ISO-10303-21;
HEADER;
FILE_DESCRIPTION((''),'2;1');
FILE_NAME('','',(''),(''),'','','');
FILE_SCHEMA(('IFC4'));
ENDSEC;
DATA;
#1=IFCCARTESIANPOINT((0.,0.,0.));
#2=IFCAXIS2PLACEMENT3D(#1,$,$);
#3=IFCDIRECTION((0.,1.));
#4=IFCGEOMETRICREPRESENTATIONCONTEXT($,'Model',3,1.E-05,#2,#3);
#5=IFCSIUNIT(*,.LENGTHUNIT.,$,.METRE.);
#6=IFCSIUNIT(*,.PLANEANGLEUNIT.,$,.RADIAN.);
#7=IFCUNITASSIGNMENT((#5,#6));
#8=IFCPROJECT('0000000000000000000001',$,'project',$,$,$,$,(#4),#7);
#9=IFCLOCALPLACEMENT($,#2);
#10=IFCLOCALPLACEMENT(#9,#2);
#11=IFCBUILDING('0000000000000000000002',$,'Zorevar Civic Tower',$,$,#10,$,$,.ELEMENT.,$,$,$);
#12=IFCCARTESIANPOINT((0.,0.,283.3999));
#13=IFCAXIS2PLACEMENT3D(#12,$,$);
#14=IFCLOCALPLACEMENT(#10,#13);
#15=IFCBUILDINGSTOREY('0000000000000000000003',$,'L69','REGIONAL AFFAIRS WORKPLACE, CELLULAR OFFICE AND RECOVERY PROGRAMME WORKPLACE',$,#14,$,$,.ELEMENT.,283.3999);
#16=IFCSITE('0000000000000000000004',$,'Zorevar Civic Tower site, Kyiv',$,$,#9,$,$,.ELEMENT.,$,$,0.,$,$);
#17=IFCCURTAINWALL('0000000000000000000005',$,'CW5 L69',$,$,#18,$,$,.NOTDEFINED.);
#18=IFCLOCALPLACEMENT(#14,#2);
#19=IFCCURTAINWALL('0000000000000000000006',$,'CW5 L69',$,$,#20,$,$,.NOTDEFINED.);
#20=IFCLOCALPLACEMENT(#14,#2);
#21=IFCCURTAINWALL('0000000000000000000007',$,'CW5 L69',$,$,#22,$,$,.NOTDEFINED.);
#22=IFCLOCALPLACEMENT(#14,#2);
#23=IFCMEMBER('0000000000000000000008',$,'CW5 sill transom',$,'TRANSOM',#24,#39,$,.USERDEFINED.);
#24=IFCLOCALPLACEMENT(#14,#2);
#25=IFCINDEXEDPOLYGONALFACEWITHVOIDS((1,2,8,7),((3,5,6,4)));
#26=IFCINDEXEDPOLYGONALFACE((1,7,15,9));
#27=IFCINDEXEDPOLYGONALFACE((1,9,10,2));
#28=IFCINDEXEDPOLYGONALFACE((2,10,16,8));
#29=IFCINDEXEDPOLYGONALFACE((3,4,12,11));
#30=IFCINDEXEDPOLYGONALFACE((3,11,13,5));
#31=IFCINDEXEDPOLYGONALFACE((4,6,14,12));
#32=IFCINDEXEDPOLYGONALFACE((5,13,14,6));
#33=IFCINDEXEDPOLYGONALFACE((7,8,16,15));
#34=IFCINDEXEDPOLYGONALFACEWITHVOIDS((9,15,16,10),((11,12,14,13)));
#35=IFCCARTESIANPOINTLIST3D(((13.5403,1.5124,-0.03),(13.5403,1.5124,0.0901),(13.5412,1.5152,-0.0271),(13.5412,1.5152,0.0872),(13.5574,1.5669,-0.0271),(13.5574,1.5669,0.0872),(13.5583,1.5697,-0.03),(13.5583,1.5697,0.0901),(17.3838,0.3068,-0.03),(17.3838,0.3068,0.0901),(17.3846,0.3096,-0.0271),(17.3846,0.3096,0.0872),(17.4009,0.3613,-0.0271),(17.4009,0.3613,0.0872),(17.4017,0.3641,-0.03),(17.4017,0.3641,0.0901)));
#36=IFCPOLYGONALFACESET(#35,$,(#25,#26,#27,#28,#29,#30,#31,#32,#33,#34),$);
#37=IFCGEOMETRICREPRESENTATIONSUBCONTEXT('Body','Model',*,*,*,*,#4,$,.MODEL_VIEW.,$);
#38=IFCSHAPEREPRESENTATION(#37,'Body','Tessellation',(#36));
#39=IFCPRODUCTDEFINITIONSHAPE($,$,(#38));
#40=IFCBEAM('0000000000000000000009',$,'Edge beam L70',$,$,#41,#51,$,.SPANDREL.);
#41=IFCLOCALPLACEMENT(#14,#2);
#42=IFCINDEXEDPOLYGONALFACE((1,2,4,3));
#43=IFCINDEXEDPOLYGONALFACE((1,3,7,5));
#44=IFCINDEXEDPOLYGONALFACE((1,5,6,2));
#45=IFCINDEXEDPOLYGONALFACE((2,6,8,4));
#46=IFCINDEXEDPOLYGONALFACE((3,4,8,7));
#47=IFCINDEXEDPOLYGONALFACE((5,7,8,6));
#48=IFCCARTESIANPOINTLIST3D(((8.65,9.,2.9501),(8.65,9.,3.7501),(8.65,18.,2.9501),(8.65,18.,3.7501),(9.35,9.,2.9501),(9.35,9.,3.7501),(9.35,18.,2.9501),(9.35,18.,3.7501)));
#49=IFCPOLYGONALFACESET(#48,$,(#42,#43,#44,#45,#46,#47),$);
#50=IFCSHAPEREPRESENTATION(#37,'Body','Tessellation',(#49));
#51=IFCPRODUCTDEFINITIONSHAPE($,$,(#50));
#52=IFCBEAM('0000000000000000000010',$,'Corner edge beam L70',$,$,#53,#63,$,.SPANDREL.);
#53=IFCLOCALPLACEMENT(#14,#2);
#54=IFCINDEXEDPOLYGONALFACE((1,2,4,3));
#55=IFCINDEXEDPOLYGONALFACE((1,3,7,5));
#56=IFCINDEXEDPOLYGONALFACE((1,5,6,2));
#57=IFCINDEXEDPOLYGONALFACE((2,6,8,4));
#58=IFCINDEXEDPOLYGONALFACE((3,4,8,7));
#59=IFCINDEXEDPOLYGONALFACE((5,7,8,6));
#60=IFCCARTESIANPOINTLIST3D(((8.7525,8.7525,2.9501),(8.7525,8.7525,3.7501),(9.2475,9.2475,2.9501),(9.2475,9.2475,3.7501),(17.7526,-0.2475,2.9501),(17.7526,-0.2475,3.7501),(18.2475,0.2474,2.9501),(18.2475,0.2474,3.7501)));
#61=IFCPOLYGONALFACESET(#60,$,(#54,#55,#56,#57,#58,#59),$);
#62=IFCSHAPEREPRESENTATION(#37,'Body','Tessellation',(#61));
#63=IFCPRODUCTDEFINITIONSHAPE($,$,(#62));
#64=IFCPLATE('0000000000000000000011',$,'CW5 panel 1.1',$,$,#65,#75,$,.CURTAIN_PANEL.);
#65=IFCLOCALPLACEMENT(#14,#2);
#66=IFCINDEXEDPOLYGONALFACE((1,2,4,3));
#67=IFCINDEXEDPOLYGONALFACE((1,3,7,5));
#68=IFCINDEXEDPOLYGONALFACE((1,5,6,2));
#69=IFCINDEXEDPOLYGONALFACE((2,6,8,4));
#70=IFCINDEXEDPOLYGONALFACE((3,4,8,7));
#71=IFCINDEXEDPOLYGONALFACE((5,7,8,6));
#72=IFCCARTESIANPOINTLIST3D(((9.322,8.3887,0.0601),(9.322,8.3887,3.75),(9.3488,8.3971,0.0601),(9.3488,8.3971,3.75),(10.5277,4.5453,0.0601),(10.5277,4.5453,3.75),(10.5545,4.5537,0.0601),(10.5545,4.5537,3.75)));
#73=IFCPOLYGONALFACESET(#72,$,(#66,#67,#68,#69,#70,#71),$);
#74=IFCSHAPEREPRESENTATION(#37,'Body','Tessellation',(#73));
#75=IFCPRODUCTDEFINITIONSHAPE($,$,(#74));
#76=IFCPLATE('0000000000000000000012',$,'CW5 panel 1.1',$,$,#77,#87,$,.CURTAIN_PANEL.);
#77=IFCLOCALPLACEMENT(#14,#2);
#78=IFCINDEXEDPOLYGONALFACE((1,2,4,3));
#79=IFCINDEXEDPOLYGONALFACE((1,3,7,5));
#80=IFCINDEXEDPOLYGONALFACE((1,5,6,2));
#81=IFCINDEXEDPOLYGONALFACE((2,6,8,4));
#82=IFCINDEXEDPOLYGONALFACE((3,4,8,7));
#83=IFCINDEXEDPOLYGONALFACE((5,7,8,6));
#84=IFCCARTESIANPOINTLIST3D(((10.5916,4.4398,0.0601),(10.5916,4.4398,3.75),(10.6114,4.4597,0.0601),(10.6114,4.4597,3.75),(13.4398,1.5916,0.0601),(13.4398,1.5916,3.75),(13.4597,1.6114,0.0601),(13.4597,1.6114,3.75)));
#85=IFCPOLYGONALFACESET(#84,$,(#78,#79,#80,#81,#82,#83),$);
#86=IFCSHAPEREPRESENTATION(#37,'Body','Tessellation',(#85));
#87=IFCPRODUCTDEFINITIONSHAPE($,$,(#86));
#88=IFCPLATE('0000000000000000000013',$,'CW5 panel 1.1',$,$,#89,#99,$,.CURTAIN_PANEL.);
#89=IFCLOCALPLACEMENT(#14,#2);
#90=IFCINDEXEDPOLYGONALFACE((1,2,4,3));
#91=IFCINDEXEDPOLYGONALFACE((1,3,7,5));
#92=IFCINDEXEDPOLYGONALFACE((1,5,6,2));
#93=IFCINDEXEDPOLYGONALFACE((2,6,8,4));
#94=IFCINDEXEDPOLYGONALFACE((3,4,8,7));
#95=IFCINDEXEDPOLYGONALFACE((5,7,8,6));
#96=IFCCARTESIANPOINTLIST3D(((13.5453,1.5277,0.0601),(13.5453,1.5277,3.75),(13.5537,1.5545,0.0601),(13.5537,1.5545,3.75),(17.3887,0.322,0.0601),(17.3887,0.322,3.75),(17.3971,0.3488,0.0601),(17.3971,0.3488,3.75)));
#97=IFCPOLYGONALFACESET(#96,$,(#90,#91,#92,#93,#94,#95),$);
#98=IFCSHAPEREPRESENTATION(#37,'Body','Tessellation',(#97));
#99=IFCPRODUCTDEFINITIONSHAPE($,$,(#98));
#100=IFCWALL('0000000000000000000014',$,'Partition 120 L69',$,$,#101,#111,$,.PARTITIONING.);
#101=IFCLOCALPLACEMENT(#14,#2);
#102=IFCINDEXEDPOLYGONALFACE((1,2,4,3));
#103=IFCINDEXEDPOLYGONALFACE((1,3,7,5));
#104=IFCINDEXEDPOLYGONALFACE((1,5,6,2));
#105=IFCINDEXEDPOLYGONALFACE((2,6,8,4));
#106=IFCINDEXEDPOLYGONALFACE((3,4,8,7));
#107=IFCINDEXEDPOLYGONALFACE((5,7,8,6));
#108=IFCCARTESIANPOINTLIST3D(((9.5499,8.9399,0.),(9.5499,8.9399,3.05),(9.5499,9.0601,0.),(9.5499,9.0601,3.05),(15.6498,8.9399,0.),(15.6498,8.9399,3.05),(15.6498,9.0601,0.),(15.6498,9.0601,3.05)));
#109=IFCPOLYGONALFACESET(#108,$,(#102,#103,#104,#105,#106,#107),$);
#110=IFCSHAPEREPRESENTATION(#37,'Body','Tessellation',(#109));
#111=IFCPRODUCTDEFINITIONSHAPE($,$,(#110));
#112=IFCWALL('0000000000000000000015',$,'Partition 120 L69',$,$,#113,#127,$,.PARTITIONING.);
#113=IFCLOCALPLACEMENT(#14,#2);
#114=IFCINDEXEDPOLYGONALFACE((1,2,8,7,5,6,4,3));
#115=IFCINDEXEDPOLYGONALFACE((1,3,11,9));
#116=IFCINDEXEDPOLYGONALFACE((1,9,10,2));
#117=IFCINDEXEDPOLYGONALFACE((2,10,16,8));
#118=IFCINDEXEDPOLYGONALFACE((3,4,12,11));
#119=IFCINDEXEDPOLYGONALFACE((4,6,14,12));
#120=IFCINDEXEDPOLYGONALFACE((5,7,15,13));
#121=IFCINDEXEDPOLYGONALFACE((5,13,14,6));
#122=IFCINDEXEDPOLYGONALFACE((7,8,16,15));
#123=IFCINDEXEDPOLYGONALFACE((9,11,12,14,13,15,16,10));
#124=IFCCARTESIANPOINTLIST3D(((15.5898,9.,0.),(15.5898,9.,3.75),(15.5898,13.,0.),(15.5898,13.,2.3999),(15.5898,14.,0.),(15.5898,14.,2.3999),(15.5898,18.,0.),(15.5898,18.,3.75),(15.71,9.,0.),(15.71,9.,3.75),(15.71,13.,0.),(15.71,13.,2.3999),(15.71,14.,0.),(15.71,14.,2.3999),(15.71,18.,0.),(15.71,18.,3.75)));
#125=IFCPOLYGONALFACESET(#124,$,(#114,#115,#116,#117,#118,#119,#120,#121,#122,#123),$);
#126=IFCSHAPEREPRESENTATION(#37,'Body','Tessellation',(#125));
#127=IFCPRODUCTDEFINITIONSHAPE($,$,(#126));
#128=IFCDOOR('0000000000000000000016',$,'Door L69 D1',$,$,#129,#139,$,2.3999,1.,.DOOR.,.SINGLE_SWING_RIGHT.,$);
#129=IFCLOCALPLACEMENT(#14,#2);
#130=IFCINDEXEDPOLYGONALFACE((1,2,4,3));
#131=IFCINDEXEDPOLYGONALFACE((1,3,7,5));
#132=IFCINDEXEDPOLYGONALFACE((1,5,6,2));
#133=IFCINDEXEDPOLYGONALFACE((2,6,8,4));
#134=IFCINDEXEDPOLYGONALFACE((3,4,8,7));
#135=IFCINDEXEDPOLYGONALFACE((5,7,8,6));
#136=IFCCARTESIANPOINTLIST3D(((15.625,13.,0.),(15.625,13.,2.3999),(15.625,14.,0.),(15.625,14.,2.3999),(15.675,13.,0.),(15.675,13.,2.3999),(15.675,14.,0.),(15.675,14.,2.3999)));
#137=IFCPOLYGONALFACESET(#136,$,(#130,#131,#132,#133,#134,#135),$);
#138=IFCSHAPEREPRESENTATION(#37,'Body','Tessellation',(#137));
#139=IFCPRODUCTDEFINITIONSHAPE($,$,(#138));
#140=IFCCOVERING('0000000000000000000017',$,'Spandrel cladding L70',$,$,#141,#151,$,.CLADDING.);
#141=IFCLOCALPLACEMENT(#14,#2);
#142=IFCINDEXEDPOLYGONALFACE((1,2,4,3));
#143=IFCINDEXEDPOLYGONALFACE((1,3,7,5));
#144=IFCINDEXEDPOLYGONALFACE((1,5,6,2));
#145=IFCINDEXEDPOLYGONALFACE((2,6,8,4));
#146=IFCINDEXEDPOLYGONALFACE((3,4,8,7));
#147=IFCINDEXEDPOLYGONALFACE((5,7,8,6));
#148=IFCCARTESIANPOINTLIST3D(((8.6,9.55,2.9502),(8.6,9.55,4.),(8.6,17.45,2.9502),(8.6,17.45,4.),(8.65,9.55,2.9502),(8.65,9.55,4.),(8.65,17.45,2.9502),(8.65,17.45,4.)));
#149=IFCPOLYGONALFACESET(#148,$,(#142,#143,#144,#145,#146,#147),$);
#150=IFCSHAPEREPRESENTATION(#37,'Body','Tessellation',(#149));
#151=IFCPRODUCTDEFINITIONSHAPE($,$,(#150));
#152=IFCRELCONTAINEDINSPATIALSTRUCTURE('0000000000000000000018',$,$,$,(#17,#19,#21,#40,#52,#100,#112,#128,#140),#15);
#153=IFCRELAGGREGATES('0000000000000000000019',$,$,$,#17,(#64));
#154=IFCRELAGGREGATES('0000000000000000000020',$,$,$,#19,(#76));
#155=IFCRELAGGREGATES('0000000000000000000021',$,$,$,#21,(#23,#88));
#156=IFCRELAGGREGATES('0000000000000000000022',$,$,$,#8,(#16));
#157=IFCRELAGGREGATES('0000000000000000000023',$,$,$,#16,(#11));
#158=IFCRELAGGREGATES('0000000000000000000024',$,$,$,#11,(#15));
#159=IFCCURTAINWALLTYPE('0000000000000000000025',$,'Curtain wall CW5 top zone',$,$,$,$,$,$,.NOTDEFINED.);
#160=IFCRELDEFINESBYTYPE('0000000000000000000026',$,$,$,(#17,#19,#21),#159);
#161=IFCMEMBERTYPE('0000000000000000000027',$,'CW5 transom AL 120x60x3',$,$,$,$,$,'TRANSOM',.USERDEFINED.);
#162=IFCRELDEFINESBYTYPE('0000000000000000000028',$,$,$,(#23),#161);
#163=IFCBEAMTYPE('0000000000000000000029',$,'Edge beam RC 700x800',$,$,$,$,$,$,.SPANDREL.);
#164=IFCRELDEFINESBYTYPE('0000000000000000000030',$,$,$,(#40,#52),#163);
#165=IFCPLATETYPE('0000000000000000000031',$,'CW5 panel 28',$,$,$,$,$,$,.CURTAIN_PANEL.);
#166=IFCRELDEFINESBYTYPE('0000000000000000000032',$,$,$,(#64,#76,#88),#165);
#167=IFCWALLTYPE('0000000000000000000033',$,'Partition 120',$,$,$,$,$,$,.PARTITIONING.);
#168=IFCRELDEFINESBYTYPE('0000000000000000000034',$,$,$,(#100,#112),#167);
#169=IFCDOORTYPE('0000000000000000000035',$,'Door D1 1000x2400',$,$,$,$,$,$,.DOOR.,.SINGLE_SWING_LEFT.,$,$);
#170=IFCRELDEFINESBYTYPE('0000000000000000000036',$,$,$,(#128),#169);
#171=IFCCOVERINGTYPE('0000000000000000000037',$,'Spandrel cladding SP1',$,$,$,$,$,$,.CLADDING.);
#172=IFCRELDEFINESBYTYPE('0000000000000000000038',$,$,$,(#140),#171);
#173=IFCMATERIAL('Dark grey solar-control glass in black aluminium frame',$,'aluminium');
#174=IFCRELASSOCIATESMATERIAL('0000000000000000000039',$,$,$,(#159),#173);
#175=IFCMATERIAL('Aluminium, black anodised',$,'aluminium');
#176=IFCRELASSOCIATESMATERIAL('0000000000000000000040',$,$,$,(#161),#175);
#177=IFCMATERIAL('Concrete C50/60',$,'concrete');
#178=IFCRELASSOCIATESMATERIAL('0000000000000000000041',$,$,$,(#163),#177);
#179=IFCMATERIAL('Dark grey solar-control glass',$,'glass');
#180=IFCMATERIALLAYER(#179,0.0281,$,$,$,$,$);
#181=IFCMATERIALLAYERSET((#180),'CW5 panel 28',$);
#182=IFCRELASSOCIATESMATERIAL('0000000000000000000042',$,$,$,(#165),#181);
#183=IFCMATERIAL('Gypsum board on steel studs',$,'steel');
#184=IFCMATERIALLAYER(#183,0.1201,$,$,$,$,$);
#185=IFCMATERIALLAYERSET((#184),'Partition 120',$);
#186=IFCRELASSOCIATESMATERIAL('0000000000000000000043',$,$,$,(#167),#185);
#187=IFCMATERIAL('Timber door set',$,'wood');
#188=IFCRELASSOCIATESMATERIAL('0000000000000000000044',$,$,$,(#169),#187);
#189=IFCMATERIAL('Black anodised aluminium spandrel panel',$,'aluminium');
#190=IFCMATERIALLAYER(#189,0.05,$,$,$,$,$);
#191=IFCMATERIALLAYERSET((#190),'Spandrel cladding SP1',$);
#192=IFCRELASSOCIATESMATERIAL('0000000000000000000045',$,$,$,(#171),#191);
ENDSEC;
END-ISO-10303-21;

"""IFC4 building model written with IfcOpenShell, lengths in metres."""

from ifc_helpers import new_model, si_unit, direction, frame, frame_2d, origin, origin_2d, place, context, subcontext, project, spatial, rectangle, hollow_rectangle, extrude, material, layer, layer_set, material_profile, profile_set, type_object, element, fill, aggregate, save


model = new_model("IFC4")

# Units and contexts
model_context = context("Model", 3, precision=1e-05, world=origin(), true_north=direction((0.0, 1.0)))
body_context = subcontext(model_context, "Body", "Model", "MODEL_VIEW")
ifc_project = project(units=[si_unit("LENGTHUNIT", "METRE"), si_unit("PLANEANGLEUNIT", "RADIAN")], contexts=[model_context])

# Site, building, storey
site_placement = place(None, origin())
site = spatial("IfcSite", under=ifc_project, at=site_placement, Name="Zorevar Civic Tower site, Kyiv", CompositionType="ELEMENT", RefElevation=0.0)
building_placement = place(site_placement, origin())
building = spatial("IfcBuilding", under=site, at=building_placement, Name="Zorevar Civic Tower", CompositionType="ELEMENT")
storey_placement = place(building_placement, frame((0.0, 0.0, 283.3999)))
storey = spatial("IfcBuildingStorey", under=building, at=storey_placement, Name="L69", Description="REGIONAL AFFAIRS WORKPLACE, CELLULAR OFFICE AND RECOVERY PROGRAMME WORKPLACE", CompositionType="ELEMENT", Elevation=283.3999)

# Shared definitions
ifc_material_1 = material(Name="Dark grey solar-control glass in black aluminium frame", Category="aluminium")
curtain_wall_type = type_object("IfcCurtainWallType", Name="Curtain wall CW5 top zone", PredefinedType="NOTDEFINED", material=ifc_material_1)

# Curtain walls
curtain_wall_1_placement = place(storey_placement, origin())
curtain_wall_1 = element("IfcCurtainWall", 1, at=curtain_wall_1_placement, inside=storey, type_object=curtain_wall_type, Name="CW5 L69", PredefinedType="NOTDEFINED")
curtain_wall_2_placement = place(storey_placement, origin())
curtain_wall_2 = element("IfcCurtainWall", 2, at=curtain_wall_2_placement, inside=storey, type_object=curtain_wall_type, Name="CW5 L69", PredefinedType="NOTDEFINED")
curtain_wall_3_placement = place(storey_placement, origin())
curtain_wall_3 = element("IfcCurtainWall", 3, at=curtain_wall_3_placement, inside=storey, type_object=curtain_wall_type, Name="CW5 L69", PredefinedType="NOTDEFINED")

# Member
ifc_material_2 = material(Name="Aluminium, black anodised", Category="aluminium")
ifc_material_profile_1 = material_profile(ifc_material_2, hollow_rectangle(XDim=0.0601, YDim=0.1201, WallThickness=0.0029, at=origin_2d()), Name="AL 120x60x3")
ifc_profile_set_1 = profile_set([ifc_material_profile_1], Name="Aluminium, black anodised")
member_type_1 = type_object("IfcMemberType", Name="CW5 transom AL 120x60x3", ElementType="TRANSOM", PredefinedType="USERDEFINED", material=ifc_profile_set_1)
member_1_placement = place(storey_placement, frame((13.5493, 1.541, 0.03), z_axis=(0.954163, -0.299286, 0.0), x_axis=(0.299286, 0.954163, 0.0)))
member_1 = element("IfcMember", 4, at=member_1_placement, type_object=member_type_1, Name="CW5 sill transom", ObjectType="TRANSOM", PredefinedType="USERDEFINED", context=body_context, shape_type="SweptSolid", body=[
    extrude(hollow_rectangle(XDim=0.0601, YDim=0.1201, WallThickness=0.0029, at=origin_2d()), origin(), (0.0, 0.0, 1.0), 4.0281),
])

# Beams
ifc_material_3 = material(Name="Concrete C50/60", Category="concrete")
ifc_material_profile_2 = material_profile(ifc_material_3, rectangle(XDim=0.7, YDim=0.8, at=origin_2d()), Name="RC 700x800")
ifc_profile_set_2 = profile_set([ifc_material_profile_2], Name="Concrete C50/60")
beam_type_1 = type_object("IfcBeamType", Name="Edge beam RC 700x800", PredefinedType="SPANDREL", material=ifc_profile_set_2)
beam_1_placement = place(storey_placement, frame((9.0, 9.0, 3.3501), z_axis=(0.0, 1.0, 0.0), x_axis=(-1.0, 0.0, 0.0)))
element("IfcBeam", 5, at=beam_1_placement, inside=storey, type_object=beam_type_1, Name="Edge beam L70", PredefinedType="SPANDREL", context=body_context, shape_type="SweptSolid", body=[
    extrude(rectangle(XDim=0.7, YDim=0.8, at=origin_2d()), origin(), (0.0, 0.0, 1.0), 9.0),
])
beam_2_placement = place(storey_placement, frame((9.0, 9.0, 3.3501), z_axis=(0.707107, -0.707107, 0.0), x_axis=(0.707107, 0.707107, 0.0)))
element("IfcBeam", 6, at=beam_2_placement, inside=storey, type_object=beam_type_1, Name="Corner edge beam L70", PredefinedType="SPANDREL", context=body_context, shape_type="SweptSolid", body=[
    extrude(rectangle(XDim=0.7, YDim=0.8, at=origin_2d()), origin(), (0.0, 0.0, 1.0), 12.728),
])

# Plates
ifc_material_4 = material(Name="Dark grey solar-control glass", Category="glass")
ifc_layer_1 = layer(ifc_material_4, 0.0281)
ifc_layer_set_1 = layer_set([ifc_layer_1], Name="CW5 panel 28")
plate_type = type_object("IfcPlateType", Name="CW5 panel 28", PredefinedType="CURTAIN_PANEL", material=ifc_layer_set_1)
plate_1_placement = place(storey_placement, frame((9.9382, 6.4712, 0.0601), z_axis=(0.0, 0.0, 1.0), x_axis=(0.299318, -0.954153, 0.0)))
plate_1 = element("IfcPlate", 7, at=plate_1_placement, type_object=plate_type, Name="CW5 panel 1.1", PredefinedType="CURTAIN_PANEL", context=body_context, shape_type="SweptSolid", body=[
    extrude(rectangle(XDim=4.0281, YDim=0.0281, at=origin_2d()), origin(), (0.0, 0.0, 1.0), 3.6899),
])
aggregate(curtain_wall_1, [plate_1])
plate_2_placement = place(storey_placement, frame((12.0256, 3.0256, 0.0601), z_axis=(0.0, 0.0, 1.0), x_axis=(0.707107, -0.707107, 0.0)))
plate_2 = element("IfcPlate", 8, at=plate_2_placement, type_object=plate_type, Name="CW5 panel 1.1", PredefinedType="CURTAIN_PANEL", context=body_context, shape_type="SweptSolid", body=[
    extrude(rectangle(XDim=4.0281, YDim=0.0281, at=origin_2d()), origin(), (0.0, 0.0, 1.0), 3.6899),
])
aggregate(curtain_wall_2, [plate_2])
plate_3_placement = place(storey_placement, frame((15.4712, 0.9382, 0.0601), z_axis=(0.0, 0.0, 1.0), x_axis=(0.954153, -0.299318, 0.0)))
plate_3 = element("IfcPlate", 9, at=plate_3_placement, type_object=plate_type, Name="CW5 panel 1.1", PredefinedType="CURTAIN_PANEL", context=body_context, shape_type="SweptSolid", body=[
    extrude(rectangle(XDim=4.0281, YDim=0.0281, at=origin_2d()), origin(), (0.0, 0.0, 1.0), 3.6899),
])
aggregate(curtain_wall_3, [member_1, plate_3])

# Wall
ifc_material_5 = material(Name="Gypsum board on steel studs", Category="steel")
ifc_layer_2 = layer(ifc_material_5, 0.1201)
ifc_layer_set_2 = layer_set([ifc_layer_2], Name="Partition 120")
wall_type = type_object("IfcWallType", Name="Partition 120", PredefinedType="PARTITIONING", material=ifc_layer_set_2)
wall_1_placement = place(storey_placement, frame((9.55, 9.0, 0.0), z_axis=(0.0, 0.0, 1.0), x_axis=(1.0, 0.0, 0.0)))
element("IfcWall", 10, at=wall_1_placement, inside=storey, type_object=wall_type, Name="Partition 120 L69", PredefinedType="PARTITIONING", context=body_context, shape_type="SweptSolid", body=[
    extrude(rectangle(XDim=6.0999, YDim=0.1201, at=frame_2d((3.0498, 0.0))), origin(), (0.0, 0.0, 1.0), 3.05),
])

# Wall, opening, door
wall_2_placement = place(storey_placement, frame((15.6499, 9.0, 0.0), z_axis=(0.0, 0.0, 1.0), x_axis=(0.0, 1.0, 0.0)))
wall_2 = element("IfcWall", 11, at=wall_2_placement, inside=storey, type_object=wall_type, Name="Partition 120 L69", PredefinedType="PARTITIONING", context=body_context, shape_type="SweptSolid", body=[
    extrude(rectangle(XDim=9.0, YDim=0.1201, at=frame_2d((4.5, 0.0))), origin(), (0.0, 0.0, 1.0), 3.75),
])
opening_placement = place(wall_2_placement, frame((4.0, 0.0, 0.0)))
opening = element("IfcOpeningElement", 12, at=opening_placement, cuts=wall_2, PredefinedType="OPENING", context=body_context, shape_type="SweptSolid", body=[
    extrude(rectangle(XDim=1.0, YDim=2.3999, at=frame_2d((0.5, 1.2))), frame((0.0, 0.0701, 0.0), z_axis=(0.0, -1.0, 0.0), x_axis=(1.0, 0.0, 0.0)), (0.0, 0.0, 1.0), 0.1401),
])
ifc_material_6 = material(Name="Timber door set", Category="wood")
door_type = type_object("IfcDoorType", Name="Door D1 1000x2400", OperationType="SINGLE_SWING_LEFT", PredefinedType="DOOR", material=ifc_material_6)
door_placement = place(opening_placement, origin())
door = element("IfcDoor", 13, at=door_placement, inside=storey, type_object=door_type, Name="Door L69 D1", OperationType="SINGLE_SWING_RIGHT", OverallHeight=2.3999, OverallWidth=1.0, PredefinedType="DOOR", context=body_context, shape_type="SweptSolid", body=[
    extrude(rectangle(XDim=1.0, YDim=2.3999, at=frame_2d((0.5, 1.2))), frame((0.0, 0.0249, 0.0), z_axis=(0.0, -1.0, 0.0), x_axis=(1.0, 0.0, 0.0)), (0.0, 0.0, 1.0), 0.05),
])
fill(opening, door)

# Covering
ifc_material_7 = material(Name="Black anodised aluminium spandrel panel", Category="aluminium")
ifc_layer_3 = layer(ifc_material_7, 0.05)
ifc_layer_set_3 = layer_set([ifc_layer_3], Name="Spandrel cladding SP1")
covering_type = type_object("IfcCoveringType", Name="Spandrel cladding SP1", PredefinedType="CLADDING", material=ifc_layer_set_3)
covering_placement = place(storey_placement, frame((8.625, 9.55, 2.9502), z_axis=(0.0, 0.0, 1.0), x_axis=(0.0, 1.0, 0.0)))
element("IfcCovering", 14, at=covering_placement, inside=storey, type_object=covering_type, Name="Spandrel cladding L70", PredefinedType="CLADDING", context=body_context, shape_type="SweptSolid", body=[
    extrude(rectangle(XDim=7.8999, YDim=0.05, at=frame_2d((3.95, 0.0))), origin(), (0.0, 0.0, 1.0), 1.0498),
])

save(model, "model.ifc")
